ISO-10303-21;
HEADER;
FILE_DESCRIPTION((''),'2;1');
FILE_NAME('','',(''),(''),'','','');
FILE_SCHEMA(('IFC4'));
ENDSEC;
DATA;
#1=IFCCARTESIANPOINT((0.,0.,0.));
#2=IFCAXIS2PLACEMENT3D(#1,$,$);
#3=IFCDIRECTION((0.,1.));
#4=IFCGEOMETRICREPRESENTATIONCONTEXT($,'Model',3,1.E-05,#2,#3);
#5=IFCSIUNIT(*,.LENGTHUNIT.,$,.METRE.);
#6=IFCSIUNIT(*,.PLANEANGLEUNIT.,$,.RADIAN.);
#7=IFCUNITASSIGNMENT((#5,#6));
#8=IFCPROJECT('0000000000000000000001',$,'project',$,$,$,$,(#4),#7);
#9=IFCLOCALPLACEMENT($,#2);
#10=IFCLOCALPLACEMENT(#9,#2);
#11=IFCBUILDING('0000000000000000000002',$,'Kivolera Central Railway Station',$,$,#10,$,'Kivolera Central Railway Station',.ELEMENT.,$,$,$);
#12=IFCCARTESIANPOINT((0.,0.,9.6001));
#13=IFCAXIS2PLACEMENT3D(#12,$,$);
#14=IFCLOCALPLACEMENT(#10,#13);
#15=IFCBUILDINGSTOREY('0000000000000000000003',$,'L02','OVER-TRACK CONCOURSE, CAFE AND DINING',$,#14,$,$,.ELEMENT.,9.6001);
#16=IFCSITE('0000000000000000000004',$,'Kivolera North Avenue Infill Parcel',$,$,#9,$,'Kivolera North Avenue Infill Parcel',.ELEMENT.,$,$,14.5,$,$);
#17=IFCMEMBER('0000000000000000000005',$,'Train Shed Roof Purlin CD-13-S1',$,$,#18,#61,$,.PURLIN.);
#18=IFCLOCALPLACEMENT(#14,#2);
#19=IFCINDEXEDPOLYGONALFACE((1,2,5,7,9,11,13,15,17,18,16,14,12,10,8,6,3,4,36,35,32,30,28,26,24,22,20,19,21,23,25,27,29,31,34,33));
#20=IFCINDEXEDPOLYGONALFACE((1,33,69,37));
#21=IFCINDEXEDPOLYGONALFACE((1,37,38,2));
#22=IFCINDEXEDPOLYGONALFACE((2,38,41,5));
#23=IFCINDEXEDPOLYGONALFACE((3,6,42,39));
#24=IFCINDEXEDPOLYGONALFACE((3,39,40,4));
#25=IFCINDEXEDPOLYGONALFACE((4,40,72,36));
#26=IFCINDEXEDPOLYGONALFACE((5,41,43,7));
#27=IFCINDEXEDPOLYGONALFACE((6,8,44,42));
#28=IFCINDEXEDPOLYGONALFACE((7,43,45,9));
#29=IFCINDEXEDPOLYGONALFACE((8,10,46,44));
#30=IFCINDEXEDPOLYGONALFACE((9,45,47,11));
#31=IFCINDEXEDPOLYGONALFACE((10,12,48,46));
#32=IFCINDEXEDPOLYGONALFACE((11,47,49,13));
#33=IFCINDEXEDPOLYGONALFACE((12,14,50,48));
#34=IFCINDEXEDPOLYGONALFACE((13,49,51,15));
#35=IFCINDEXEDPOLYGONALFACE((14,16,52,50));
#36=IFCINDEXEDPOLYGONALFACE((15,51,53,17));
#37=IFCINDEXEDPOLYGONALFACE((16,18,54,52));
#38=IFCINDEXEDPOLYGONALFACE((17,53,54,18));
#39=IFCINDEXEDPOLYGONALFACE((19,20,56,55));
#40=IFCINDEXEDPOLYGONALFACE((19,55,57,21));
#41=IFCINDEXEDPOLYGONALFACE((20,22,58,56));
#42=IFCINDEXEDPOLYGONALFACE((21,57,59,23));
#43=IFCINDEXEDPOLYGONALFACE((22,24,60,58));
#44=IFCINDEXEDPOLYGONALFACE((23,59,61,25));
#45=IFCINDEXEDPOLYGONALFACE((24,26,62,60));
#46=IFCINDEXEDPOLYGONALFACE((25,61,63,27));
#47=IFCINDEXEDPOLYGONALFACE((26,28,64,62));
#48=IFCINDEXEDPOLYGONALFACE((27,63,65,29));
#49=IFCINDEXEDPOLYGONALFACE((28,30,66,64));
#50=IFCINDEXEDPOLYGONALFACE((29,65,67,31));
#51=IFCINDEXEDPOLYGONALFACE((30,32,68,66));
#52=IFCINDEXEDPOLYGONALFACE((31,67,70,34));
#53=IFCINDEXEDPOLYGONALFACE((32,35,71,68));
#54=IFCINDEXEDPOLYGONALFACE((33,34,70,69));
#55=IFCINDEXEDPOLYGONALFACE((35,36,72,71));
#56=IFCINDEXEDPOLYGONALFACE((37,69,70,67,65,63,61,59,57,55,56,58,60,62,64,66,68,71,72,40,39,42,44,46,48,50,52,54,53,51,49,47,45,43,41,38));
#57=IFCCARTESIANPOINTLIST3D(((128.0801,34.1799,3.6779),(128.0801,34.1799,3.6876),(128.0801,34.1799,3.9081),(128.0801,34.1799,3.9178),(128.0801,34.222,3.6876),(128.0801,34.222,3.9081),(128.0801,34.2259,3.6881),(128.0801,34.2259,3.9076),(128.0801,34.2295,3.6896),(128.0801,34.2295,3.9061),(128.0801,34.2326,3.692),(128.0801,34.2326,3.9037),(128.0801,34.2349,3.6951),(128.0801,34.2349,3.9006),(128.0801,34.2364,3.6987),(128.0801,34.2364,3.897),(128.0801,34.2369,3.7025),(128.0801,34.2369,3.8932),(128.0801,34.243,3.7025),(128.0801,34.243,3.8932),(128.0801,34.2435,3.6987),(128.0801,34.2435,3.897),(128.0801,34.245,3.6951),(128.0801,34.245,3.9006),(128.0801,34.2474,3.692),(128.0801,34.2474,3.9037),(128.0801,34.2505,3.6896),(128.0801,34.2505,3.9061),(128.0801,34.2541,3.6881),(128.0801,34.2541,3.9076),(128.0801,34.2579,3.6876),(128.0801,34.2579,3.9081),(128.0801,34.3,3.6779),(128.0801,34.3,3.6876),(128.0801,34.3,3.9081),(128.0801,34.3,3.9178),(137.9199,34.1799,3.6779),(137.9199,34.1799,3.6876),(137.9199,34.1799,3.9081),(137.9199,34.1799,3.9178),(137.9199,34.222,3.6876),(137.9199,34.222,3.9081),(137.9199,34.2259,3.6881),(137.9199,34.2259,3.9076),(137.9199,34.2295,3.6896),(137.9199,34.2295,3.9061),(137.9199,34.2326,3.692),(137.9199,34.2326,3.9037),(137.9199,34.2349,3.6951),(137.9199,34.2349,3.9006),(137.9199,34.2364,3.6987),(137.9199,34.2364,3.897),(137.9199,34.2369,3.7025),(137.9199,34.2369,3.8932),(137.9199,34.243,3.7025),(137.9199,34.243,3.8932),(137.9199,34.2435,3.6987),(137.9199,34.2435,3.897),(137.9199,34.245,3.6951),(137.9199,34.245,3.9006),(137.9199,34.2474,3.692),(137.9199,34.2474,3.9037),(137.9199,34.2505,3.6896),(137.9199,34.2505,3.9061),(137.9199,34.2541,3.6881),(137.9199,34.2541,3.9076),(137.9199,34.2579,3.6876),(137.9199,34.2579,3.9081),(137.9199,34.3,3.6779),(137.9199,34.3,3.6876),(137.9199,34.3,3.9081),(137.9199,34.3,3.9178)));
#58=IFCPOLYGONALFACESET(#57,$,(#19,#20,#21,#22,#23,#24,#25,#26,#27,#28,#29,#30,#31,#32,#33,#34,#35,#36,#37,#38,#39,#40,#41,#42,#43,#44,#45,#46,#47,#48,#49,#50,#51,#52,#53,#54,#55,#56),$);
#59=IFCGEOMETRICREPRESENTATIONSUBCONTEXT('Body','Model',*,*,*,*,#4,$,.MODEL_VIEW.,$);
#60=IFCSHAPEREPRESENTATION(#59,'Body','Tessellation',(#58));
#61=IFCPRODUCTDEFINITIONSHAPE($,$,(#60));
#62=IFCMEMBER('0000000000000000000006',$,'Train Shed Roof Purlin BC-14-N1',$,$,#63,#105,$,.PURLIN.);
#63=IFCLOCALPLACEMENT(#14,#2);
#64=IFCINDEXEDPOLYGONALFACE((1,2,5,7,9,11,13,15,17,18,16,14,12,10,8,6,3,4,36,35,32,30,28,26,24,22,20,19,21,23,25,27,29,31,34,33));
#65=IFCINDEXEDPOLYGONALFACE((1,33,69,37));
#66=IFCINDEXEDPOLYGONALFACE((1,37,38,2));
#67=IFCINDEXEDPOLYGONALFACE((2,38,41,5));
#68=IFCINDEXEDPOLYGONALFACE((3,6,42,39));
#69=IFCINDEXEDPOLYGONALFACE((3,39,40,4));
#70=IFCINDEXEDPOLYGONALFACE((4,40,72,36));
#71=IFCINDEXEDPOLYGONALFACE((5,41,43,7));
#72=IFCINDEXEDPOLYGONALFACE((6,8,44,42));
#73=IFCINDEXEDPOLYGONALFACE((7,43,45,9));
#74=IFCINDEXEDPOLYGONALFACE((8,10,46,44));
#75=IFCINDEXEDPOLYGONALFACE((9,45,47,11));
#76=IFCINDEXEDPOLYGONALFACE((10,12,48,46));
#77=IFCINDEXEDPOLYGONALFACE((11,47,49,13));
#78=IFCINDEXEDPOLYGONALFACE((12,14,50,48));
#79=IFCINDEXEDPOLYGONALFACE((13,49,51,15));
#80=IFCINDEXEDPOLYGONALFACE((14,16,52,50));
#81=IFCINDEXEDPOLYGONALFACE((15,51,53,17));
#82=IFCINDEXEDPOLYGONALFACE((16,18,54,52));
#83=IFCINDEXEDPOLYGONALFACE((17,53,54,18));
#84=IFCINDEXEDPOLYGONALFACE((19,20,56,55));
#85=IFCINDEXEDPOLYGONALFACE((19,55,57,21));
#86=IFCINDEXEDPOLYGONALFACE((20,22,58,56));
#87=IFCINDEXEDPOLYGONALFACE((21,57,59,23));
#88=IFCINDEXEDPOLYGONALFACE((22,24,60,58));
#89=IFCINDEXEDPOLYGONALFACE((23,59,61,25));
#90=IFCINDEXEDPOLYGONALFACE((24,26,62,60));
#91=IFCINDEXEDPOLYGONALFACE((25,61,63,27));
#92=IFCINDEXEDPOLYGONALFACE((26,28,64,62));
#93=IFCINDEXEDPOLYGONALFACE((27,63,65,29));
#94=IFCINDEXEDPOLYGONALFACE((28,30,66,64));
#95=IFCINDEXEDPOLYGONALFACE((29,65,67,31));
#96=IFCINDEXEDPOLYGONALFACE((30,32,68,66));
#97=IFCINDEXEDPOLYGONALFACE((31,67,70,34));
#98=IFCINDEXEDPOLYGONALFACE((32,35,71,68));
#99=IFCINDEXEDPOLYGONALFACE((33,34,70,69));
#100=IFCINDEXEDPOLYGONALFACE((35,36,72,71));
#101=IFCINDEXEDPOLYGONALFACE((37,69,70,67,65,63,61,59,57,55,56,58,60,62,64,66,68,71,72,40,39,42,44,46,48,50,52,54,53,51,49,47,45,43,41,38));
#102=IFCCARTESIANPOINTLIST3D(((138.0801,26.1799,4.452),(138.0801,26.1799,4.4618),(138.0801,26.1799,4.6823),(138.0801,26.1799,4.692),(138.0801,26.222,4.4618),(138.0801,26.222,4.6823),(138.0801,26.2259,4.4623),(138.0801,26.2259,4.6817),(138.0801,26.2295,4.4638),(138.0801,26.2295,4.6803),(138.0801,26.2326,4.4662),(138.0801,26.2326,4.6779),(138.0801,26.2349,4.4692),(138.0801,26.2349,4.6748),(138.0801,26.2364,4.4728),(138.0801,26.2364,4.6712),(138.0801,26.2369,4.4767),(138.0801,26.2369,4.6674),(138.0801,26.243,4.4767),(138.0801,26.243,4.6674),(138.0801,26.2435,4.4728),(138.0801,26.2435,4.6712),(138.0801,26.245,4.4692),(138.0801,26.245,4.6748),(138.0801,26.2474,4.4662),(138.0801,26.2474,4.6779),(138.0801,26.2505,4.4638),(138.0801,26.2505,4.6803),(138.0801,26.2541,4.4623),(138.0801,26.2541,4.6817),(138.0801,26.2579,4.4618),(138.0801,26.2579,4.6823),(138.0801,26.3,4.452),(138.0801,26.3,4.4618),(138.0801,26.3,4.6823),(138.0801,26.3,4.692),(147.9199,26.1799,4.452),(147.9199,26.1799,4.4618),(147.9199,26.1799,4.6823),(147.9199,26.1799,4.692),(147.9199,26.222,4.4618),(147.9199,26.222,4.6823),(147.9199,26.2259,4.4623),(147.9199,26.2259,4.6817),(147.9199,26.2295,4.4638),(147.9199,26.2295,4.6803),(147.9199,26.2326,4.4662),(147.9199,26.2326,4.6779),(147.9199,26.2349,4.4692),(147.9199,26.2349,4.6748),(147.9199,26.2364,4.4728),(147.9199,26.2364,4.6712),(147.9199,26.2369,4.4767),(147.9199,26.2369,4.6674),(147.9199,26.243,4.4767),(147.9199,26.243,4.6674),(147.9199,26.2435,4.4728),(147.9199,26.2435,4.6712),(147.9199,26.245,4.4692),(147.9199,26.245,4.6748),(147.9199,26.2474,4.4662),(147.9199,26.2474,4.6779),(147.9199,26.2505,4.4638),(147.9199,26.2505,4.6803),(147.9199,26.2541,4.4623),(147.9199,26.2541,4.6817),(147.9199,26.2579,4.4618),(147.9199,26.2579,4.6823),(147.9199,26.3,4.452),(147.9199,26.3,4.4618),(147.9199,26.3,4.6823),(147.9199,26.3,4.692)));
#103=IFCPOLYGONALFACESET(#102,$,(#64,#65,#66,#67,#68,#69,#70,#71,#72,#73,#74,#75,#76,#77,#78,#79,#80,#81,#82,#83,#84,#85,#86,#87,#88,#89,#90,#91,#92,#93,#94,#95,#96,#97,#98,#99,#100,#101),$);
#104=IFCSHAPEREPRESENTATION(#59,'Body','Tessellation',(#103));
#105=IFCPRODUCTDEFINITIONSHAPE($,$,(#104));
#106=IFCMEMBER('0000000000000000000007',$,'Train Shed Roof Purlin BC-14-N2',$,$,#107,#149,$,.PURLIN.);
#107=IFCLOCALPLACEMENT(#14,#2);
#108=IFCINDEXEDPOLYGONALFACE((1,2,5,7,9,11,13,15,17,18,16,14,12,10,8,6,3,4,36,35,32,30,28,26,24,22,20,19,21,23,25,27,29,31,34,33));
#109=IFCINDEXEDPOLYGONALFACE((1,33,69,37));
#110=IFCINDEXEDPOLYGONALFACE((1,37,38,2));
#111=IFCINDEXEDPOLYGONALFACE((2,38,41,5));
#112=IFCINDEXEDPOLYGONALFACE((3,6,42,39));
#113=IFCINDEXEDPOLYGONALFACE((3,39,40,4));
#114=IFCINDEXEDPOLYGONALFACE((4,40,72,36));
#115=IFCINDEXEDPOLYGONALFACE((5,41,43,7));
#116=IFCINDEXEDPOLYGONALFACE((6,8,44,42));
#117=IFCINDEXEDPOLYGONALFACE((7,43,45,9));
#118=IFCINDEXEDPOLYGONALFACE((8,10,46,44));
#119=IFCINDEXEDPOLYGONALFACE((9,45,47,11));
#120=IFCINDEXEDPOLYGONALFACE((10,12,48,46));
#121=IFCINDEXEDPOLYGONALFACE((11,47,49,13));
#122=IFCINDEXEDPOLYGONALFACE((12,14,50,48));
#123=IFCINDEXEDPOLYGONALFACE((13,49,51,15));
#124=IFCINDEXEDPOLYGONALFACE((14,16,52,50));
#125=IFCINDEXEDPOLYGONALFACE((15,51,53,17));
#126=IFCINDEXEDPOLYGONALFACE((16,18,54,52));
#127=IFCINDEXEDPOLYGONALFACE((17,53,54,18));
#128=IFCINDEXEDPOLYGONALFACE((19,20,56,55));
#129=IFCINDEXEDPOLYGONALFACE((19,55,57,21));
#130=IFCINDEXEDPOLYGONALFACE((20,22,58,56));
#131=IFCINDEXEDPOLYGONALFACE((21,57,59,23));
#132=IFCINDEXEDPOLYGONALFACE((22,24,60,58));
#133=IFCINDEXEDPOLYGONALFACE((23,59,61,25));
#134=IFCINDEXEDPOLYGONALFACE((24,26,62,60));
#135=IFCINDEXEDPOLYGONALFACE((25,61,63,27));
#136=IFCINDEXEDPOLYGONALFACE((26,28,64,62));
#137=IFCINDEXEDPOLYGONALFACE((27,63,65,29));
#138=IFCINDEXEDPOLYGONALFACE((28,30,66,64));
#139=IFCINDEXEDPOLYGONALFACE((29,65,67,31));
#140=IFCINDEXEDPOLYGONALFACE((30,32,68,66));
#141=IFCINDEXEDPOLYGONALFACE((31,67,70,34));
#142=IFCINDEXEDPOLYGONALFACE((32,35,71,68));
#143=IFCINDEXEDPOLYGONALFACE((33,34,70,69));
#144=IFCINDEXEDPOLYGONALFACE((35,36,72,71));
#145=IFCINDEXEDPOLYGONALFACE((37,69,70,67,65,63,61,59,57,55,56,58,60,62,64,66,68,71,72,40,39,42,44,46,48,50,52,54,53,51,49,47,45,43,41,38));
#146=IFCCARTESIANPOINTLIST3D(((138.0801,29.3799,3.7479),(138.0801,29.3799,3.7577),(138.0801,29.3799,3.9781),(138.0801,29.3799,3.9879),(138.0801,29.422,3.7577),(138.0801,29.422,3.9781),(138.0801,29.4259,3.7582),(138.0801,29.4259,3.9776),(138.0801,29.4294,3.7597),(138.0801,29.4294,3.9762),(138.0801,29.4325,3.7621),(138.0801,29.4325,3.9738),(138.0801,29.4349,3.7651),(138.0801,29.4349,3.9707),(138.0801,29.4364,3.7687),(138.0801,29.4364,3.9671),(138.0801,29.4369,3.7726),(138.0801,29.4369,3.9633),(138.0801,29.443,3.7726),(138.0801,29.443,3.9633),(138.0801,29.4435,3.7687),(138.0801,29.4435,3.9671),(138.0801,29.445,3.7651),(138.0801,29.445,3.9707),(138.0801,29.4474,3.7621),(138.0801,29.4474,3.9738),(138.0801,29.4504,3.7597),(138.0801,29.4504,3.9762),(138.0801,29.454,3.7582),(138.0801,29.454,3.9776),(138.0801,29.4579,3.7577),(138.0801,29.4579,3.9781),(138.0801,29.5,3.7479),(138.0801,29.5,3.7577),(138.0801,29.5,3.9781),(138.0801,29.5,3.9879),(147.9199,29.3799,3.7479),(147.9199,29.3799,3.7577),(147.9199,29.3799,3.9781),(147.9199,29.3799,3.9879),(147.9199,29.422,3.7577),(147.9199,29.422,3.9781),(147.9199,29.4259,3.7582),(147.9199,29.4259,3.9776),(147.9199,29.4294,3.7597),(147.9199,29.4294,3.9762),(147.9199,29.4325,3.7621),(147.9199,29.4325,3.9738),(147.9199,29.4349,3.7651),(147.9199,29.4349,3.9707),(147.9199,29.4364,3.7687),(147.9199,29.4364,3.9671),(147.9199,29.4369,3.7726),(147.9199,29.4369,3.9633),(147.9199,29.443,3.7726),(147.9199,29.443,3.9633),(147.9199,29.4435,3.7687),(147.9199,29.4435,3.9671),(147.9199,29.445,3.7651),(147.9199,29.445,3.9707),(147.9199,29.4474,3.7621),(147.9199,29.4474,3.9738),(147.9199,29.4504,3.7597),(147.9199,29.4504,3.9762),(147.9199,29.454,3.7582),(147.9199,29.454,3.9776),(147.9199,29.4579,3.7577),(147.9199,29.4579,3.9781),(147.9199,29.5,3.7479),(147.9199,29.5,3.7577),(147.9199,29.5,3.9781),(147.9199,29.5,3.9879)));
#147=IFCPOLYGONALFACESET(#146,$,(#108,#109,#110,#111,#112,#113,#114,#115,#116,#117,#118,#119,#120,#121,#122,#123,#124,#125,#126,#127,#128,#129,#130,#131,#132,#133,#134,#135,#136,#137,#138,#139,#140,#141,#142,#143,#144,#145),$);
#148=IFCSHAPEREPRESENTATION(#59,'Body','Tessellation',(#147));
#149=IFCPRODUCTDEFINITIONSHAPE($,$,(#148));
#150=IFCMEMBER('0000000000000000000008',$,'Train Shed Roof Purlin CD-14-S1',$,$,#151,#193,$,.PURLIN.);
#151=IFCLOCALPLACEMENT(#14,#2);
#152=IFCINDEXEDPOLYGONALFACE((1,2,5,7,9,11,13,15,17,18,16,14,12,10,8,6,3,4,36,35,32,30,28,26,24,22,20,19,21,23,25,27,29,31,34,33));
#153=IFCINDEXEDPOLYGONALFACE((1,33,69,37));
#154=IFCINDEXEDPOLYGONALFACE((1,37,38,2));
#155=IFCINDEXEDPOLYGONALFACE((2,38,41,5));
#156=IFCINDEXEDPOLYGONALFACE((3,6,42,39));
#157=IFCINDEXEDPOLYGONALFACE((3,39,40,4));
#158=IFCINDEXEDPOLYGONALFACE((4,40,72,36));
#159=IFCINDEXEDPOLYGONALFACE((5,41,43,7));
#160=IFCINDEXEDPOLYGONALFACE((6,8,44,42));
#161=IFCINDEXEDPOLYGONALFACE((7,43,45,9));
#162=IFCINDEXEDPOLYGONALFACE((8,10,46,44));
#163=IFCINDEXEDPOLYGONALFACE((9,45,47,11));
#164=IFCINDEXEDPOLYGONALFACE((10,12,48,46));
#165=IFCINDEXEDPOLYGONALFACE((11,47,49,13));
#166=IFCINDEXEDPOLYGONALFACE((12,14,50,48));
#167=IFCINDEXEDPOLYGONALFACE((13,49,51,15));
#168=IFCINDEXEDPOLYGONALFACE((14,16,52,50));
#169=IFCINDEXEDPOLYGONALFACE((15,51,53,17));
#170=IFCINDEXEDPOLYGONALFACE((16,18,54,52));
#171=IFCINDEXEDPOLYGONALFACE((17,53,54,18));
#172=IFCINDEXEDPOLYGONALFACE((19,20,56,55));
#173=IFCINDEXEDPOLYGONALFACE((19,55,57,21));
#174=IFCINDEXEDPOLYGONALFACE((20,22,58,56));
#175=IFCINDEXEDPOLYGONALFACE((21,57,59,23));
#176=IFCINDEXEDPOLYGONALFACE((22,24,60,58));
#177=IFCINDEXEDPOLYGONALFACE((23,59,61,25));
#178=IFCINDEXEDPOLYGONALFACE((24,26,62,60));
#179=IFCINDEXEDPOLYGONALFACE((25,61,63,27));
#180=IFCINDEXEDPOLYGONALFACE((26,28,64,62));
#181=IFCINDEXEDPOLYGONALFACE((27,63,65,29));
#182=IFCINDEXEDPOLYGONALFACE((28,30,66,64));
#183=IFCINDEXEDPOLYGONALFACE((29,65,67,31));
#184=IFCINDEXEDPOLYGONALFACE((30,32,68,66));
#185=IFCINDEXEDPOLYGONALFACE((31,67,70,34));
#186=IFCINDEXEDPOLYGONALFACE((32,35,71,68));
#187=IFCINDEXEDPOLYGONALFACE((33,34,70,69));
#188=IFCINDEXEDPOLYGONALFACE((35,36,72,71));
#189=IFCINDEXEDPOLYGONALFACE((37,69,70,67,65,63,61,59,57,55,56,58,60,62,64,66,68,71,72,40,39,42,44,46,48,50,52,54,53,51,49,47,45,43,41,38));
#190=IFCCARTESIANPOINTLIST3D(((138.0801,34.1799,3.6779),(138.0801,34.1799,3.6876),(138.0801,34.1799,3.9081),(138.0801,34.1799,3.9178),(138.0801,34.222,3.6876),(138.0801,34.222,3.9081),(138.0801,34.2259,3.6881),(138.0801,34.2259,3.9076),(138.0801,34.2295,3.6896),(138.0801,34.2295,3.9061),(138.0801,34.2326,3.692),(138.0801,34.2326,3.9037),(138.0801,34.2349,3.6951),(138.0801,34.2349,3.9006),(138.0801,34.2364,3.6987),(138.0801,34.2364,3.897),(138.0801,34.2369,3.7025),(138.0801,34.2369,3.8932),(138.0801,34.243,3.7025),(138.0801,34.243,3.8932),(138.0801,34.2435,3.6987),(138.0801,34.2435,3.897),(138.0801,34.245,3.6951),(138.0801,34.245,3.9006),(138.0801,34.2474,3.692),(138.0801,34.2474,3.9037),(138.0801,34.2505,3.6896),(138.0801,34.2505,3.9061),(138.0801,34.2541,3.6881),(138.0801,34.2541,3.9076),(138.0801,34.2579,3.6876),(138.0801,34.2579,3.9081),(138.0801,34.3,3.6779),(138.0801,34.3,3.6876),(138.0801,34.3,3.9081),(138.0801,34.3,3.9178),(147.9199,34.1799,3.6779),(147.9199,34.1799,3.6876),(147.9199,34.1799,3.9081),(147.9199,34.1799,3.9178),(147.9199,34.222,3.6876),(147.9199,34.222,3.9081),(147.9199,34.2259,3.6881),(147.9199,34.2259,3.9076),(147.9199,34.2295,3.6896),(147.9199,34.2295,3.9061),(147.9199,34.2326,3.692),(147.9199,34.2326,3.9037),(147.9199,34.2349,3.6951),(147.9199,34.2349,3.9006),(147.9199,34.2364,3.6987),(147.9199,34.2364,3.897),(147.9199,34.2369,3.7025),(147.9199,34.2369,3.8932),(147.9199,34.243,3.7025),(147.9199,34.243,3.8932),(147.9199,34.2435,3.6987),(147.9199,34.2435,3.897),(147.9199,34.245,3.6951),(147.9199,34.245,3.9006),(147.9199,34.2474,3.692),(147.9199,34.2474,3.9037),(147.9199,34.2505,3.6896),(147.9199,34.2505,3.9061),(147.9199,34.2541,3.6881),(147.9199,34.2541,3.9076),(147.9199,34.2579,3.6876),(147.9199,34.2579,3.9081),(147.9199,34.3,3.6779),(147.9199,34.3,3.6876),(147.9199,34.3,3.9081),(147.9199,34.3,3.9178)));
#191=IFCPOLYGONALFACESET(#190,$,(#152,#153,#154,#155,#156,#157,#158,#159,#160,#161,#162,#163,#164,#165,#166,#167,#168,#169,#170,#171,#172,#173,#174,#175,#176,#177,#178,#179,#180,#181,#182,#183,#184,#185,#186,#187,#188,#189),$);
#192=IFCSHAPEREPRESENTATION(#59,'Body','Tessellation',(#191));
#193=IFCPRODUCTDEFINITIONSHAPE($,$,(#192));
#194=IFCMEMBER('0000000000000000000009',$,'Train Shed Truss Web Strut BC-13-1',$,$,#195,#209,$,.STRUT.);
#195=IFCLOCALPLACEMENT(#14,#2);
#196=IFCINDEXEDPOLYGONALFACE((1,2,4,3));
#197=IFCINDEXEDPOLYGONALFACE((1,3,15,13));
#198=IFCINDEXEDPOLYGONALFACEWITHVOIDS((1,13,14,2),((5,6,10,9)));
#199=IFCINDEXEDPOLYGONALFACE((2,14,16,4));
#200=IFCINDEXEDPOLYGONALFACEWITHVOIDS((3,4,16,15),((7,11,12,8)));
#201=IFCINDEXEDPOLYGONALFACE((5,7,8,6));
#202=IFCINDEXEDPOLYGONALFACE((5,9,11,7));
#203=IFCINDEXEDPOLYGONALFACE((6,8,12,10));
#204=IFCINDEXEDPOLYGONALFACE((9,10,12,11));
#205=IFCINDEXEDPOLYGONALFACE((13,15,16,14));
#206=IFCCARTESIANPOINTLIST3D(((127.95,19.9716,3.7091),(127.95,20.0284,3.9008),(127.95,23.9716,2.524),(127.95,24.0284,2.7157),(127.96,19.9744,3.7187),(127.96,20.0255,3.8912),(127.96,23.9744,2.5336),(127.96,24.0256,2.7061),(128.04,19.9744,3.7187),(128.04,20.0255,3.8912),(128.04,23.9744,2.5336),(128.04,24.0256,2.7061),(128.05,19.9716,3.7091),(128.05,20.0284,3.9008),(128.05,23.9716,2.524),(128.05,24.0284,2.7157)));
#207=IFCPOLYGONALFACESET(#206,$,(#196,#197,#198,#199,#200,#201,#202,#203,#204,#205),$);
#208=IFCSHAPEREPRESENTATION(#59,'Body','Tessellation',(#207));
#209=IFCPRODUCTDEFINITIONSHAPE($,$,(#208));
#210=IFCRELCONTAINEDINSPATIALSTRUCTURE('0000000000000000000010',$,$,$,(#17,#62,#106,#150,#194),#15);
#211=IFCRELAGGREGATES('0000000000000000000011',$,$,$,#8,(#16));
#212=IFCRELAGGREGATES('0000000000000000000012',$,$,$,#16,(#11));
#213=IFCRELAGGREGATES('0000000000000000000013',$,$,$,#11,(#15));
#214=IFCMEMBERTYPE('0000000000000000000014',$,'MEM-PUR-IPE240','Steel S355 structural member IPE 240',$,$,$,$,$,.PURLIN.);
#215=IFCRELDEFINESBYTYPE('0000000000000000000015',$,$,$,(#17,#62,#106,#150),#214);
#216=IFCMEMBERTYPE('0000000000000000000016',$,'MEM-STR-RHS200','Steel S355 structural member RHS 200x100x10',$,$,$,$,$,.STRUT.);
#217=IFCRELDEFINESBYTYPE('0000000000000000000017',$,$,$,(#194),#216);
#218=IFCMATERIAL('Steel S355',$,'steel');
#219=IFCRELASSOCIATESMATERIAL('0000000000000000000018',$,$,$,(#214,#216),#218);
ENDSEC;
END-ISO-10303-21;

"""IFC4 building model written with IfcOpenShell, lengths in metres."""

from ifc_helpers import new_model, si_unit, direction, frame, origin, origin_2d, place, context, subcontext, project, spatial, hollow_rectangle, i_section, extrude, material, material_profile, profile_set, type_object, element, save


model = new_model("IFC4")

# Units and contexts
model_context = context("Model", 3, precision=1e-05, world=origin(), true_north=direction((0.0, 1.0)))
body_context = subcontext(model_context, "Body", "Model", "MODEL_VIEW")
ifc_project = project(units=[si_unit("LENGTHUNIT", "METRE"), si_unit("PLANEANGLEUNIT", "RADIAN")], contexts=[model_context])

# Site, building, storey
site_placement = place(None, origin())
site = spatial("IfcSite", under=ifc_project, at=site_placement, Name="Kivolera North Avenue Infill Parcel", LongName="Kivolera North Avenue Infill Parcel", CompositionType="ELEMENT", RefElevation=14.5)
building_placement = place(site_placement, origin())
building = spatial("IfcBuilding", under=site, at=building_placement, Name="Kivolera Central Railway Station", LongName="Kivolera Central Railway Station", CompositionType="ELEMENT")
storey_placement = place(building_placement, frame((0.0, 0.0, 9.6001)))
storey = spatial("IfcBuildingStorey", under=building, at=storey_placement, Name="L02", Description="OVER-TRACK CONCOURSE, CAFE AND DINING", CompositionType="ELEMENT", Elevation=9.6001)

# Shared definitions
ifc_material_1 = material(Name="Steel S355", Category="steel")

# Members
ifc_material_profile_1 = material_profile(ifc_material_1, i_section(OverallWidth=0.1201, OverallDepth=0.24, WebThickness=0.0061, FlangeThickness=0.0098, FilletRadius=0.0149, at=origin_2d()), Name="IPE 240")
ifc_profile_set_1 = profile_set([ifc_material_profile_1], Name="Steel S355")
member_type_1 = type_object("IfcMemberType", Name="MEM-PUR-IPE240", Description="Steel S355 structural member IPE 240", PredefinedType="PURLIN", material=ifc_profile_set_1)
for number, where, z_axis, x_axis, name in (
    (1, (128.0801, 34.24, 3.7979), (1.0, 0.0, 0.0), (0.0, 1.0, 0.0), "Train Shed Roof Purlin CD-13-S1"),
    (2, (138.0801, 26.24, 4.572), (1.0, 0.0, 0.0), (0.0, 1.0, 0.0), "Train Shed Roof Purlin BC-14-N1"),
    (3, (138.0801, 29.4399, 3.8679), (1.0, 0.0, 0.0), (0.0, 1.0, 0.0), "Train Shed Roof Purlin BC-14-N2"),
    (4, (138.0801, 34.24, 3.7979), (1.0, 0.0, 0.0), (0.0, 1.0, 0.0), "Train Shed Roof Purlin CD-14-S1"),
):
    element("IfcMember", number, at=place(storey_placement, frame(where, z_axis=z_axis, x_axis=x_axis)), inside=storey, type_object=member_type_1, Name=name, PredefinedType="PURLIN", context=body_context, shape_type="SweptSolid", body=[
        extrude(i_section(OverallWidth=0.1201, OverallDepth=0.24, WebThickness=0.0061, FlangeThickness=0.0098, FilletRadius=0.0149, at=origin_2d()), origin(), (0.0, 0.0, 1.0), 9.8398),
    ])
ifc_material_profile_2 = material_profile(ifc_material_1, hollow_rectangle(XDim=0.1001, YDim=0.2, WallThickness=0.01, at=origin_2d()), Name="RHS 200x100x10")
ifc_profile_set_2 = profile_set([ifc_material_profile_2], Name="Steel S355")
member_type_2 = type_object("IfcMemberType", Name="MEM-STR-RHS200", Description="Steel S355 structural member RHS 200x100x10", PredefinedType="STRUT", material=ifc_profile_set_2)
for number, where, z_axis, x_axis, name in (
    (5, (128.0, 24.0, 2.6199), (0.0, -0.958806, 0.28406), (1.0, 0.0, 0.0), "Train Shed Truss Web Strut BC-13-1"),
):
    element("IfcMember", number, at=place(storey_placement, frame(where, z_axis=z_axis, x_axis=x_axis)), inside=storey, type_object=member_type_2, Name=name, PredefinedType="STRUT", context=body_context, shape_type="SweptSolid", body=[
        extrude(hollow_rectangle(XDim=0.1001, YDim=0.2, WallThickness=0.01, at=origin_2d()), origin(), (0.0, 0.0, 1.0), 4.1719),
    ])

save(model, "model.ifc")
